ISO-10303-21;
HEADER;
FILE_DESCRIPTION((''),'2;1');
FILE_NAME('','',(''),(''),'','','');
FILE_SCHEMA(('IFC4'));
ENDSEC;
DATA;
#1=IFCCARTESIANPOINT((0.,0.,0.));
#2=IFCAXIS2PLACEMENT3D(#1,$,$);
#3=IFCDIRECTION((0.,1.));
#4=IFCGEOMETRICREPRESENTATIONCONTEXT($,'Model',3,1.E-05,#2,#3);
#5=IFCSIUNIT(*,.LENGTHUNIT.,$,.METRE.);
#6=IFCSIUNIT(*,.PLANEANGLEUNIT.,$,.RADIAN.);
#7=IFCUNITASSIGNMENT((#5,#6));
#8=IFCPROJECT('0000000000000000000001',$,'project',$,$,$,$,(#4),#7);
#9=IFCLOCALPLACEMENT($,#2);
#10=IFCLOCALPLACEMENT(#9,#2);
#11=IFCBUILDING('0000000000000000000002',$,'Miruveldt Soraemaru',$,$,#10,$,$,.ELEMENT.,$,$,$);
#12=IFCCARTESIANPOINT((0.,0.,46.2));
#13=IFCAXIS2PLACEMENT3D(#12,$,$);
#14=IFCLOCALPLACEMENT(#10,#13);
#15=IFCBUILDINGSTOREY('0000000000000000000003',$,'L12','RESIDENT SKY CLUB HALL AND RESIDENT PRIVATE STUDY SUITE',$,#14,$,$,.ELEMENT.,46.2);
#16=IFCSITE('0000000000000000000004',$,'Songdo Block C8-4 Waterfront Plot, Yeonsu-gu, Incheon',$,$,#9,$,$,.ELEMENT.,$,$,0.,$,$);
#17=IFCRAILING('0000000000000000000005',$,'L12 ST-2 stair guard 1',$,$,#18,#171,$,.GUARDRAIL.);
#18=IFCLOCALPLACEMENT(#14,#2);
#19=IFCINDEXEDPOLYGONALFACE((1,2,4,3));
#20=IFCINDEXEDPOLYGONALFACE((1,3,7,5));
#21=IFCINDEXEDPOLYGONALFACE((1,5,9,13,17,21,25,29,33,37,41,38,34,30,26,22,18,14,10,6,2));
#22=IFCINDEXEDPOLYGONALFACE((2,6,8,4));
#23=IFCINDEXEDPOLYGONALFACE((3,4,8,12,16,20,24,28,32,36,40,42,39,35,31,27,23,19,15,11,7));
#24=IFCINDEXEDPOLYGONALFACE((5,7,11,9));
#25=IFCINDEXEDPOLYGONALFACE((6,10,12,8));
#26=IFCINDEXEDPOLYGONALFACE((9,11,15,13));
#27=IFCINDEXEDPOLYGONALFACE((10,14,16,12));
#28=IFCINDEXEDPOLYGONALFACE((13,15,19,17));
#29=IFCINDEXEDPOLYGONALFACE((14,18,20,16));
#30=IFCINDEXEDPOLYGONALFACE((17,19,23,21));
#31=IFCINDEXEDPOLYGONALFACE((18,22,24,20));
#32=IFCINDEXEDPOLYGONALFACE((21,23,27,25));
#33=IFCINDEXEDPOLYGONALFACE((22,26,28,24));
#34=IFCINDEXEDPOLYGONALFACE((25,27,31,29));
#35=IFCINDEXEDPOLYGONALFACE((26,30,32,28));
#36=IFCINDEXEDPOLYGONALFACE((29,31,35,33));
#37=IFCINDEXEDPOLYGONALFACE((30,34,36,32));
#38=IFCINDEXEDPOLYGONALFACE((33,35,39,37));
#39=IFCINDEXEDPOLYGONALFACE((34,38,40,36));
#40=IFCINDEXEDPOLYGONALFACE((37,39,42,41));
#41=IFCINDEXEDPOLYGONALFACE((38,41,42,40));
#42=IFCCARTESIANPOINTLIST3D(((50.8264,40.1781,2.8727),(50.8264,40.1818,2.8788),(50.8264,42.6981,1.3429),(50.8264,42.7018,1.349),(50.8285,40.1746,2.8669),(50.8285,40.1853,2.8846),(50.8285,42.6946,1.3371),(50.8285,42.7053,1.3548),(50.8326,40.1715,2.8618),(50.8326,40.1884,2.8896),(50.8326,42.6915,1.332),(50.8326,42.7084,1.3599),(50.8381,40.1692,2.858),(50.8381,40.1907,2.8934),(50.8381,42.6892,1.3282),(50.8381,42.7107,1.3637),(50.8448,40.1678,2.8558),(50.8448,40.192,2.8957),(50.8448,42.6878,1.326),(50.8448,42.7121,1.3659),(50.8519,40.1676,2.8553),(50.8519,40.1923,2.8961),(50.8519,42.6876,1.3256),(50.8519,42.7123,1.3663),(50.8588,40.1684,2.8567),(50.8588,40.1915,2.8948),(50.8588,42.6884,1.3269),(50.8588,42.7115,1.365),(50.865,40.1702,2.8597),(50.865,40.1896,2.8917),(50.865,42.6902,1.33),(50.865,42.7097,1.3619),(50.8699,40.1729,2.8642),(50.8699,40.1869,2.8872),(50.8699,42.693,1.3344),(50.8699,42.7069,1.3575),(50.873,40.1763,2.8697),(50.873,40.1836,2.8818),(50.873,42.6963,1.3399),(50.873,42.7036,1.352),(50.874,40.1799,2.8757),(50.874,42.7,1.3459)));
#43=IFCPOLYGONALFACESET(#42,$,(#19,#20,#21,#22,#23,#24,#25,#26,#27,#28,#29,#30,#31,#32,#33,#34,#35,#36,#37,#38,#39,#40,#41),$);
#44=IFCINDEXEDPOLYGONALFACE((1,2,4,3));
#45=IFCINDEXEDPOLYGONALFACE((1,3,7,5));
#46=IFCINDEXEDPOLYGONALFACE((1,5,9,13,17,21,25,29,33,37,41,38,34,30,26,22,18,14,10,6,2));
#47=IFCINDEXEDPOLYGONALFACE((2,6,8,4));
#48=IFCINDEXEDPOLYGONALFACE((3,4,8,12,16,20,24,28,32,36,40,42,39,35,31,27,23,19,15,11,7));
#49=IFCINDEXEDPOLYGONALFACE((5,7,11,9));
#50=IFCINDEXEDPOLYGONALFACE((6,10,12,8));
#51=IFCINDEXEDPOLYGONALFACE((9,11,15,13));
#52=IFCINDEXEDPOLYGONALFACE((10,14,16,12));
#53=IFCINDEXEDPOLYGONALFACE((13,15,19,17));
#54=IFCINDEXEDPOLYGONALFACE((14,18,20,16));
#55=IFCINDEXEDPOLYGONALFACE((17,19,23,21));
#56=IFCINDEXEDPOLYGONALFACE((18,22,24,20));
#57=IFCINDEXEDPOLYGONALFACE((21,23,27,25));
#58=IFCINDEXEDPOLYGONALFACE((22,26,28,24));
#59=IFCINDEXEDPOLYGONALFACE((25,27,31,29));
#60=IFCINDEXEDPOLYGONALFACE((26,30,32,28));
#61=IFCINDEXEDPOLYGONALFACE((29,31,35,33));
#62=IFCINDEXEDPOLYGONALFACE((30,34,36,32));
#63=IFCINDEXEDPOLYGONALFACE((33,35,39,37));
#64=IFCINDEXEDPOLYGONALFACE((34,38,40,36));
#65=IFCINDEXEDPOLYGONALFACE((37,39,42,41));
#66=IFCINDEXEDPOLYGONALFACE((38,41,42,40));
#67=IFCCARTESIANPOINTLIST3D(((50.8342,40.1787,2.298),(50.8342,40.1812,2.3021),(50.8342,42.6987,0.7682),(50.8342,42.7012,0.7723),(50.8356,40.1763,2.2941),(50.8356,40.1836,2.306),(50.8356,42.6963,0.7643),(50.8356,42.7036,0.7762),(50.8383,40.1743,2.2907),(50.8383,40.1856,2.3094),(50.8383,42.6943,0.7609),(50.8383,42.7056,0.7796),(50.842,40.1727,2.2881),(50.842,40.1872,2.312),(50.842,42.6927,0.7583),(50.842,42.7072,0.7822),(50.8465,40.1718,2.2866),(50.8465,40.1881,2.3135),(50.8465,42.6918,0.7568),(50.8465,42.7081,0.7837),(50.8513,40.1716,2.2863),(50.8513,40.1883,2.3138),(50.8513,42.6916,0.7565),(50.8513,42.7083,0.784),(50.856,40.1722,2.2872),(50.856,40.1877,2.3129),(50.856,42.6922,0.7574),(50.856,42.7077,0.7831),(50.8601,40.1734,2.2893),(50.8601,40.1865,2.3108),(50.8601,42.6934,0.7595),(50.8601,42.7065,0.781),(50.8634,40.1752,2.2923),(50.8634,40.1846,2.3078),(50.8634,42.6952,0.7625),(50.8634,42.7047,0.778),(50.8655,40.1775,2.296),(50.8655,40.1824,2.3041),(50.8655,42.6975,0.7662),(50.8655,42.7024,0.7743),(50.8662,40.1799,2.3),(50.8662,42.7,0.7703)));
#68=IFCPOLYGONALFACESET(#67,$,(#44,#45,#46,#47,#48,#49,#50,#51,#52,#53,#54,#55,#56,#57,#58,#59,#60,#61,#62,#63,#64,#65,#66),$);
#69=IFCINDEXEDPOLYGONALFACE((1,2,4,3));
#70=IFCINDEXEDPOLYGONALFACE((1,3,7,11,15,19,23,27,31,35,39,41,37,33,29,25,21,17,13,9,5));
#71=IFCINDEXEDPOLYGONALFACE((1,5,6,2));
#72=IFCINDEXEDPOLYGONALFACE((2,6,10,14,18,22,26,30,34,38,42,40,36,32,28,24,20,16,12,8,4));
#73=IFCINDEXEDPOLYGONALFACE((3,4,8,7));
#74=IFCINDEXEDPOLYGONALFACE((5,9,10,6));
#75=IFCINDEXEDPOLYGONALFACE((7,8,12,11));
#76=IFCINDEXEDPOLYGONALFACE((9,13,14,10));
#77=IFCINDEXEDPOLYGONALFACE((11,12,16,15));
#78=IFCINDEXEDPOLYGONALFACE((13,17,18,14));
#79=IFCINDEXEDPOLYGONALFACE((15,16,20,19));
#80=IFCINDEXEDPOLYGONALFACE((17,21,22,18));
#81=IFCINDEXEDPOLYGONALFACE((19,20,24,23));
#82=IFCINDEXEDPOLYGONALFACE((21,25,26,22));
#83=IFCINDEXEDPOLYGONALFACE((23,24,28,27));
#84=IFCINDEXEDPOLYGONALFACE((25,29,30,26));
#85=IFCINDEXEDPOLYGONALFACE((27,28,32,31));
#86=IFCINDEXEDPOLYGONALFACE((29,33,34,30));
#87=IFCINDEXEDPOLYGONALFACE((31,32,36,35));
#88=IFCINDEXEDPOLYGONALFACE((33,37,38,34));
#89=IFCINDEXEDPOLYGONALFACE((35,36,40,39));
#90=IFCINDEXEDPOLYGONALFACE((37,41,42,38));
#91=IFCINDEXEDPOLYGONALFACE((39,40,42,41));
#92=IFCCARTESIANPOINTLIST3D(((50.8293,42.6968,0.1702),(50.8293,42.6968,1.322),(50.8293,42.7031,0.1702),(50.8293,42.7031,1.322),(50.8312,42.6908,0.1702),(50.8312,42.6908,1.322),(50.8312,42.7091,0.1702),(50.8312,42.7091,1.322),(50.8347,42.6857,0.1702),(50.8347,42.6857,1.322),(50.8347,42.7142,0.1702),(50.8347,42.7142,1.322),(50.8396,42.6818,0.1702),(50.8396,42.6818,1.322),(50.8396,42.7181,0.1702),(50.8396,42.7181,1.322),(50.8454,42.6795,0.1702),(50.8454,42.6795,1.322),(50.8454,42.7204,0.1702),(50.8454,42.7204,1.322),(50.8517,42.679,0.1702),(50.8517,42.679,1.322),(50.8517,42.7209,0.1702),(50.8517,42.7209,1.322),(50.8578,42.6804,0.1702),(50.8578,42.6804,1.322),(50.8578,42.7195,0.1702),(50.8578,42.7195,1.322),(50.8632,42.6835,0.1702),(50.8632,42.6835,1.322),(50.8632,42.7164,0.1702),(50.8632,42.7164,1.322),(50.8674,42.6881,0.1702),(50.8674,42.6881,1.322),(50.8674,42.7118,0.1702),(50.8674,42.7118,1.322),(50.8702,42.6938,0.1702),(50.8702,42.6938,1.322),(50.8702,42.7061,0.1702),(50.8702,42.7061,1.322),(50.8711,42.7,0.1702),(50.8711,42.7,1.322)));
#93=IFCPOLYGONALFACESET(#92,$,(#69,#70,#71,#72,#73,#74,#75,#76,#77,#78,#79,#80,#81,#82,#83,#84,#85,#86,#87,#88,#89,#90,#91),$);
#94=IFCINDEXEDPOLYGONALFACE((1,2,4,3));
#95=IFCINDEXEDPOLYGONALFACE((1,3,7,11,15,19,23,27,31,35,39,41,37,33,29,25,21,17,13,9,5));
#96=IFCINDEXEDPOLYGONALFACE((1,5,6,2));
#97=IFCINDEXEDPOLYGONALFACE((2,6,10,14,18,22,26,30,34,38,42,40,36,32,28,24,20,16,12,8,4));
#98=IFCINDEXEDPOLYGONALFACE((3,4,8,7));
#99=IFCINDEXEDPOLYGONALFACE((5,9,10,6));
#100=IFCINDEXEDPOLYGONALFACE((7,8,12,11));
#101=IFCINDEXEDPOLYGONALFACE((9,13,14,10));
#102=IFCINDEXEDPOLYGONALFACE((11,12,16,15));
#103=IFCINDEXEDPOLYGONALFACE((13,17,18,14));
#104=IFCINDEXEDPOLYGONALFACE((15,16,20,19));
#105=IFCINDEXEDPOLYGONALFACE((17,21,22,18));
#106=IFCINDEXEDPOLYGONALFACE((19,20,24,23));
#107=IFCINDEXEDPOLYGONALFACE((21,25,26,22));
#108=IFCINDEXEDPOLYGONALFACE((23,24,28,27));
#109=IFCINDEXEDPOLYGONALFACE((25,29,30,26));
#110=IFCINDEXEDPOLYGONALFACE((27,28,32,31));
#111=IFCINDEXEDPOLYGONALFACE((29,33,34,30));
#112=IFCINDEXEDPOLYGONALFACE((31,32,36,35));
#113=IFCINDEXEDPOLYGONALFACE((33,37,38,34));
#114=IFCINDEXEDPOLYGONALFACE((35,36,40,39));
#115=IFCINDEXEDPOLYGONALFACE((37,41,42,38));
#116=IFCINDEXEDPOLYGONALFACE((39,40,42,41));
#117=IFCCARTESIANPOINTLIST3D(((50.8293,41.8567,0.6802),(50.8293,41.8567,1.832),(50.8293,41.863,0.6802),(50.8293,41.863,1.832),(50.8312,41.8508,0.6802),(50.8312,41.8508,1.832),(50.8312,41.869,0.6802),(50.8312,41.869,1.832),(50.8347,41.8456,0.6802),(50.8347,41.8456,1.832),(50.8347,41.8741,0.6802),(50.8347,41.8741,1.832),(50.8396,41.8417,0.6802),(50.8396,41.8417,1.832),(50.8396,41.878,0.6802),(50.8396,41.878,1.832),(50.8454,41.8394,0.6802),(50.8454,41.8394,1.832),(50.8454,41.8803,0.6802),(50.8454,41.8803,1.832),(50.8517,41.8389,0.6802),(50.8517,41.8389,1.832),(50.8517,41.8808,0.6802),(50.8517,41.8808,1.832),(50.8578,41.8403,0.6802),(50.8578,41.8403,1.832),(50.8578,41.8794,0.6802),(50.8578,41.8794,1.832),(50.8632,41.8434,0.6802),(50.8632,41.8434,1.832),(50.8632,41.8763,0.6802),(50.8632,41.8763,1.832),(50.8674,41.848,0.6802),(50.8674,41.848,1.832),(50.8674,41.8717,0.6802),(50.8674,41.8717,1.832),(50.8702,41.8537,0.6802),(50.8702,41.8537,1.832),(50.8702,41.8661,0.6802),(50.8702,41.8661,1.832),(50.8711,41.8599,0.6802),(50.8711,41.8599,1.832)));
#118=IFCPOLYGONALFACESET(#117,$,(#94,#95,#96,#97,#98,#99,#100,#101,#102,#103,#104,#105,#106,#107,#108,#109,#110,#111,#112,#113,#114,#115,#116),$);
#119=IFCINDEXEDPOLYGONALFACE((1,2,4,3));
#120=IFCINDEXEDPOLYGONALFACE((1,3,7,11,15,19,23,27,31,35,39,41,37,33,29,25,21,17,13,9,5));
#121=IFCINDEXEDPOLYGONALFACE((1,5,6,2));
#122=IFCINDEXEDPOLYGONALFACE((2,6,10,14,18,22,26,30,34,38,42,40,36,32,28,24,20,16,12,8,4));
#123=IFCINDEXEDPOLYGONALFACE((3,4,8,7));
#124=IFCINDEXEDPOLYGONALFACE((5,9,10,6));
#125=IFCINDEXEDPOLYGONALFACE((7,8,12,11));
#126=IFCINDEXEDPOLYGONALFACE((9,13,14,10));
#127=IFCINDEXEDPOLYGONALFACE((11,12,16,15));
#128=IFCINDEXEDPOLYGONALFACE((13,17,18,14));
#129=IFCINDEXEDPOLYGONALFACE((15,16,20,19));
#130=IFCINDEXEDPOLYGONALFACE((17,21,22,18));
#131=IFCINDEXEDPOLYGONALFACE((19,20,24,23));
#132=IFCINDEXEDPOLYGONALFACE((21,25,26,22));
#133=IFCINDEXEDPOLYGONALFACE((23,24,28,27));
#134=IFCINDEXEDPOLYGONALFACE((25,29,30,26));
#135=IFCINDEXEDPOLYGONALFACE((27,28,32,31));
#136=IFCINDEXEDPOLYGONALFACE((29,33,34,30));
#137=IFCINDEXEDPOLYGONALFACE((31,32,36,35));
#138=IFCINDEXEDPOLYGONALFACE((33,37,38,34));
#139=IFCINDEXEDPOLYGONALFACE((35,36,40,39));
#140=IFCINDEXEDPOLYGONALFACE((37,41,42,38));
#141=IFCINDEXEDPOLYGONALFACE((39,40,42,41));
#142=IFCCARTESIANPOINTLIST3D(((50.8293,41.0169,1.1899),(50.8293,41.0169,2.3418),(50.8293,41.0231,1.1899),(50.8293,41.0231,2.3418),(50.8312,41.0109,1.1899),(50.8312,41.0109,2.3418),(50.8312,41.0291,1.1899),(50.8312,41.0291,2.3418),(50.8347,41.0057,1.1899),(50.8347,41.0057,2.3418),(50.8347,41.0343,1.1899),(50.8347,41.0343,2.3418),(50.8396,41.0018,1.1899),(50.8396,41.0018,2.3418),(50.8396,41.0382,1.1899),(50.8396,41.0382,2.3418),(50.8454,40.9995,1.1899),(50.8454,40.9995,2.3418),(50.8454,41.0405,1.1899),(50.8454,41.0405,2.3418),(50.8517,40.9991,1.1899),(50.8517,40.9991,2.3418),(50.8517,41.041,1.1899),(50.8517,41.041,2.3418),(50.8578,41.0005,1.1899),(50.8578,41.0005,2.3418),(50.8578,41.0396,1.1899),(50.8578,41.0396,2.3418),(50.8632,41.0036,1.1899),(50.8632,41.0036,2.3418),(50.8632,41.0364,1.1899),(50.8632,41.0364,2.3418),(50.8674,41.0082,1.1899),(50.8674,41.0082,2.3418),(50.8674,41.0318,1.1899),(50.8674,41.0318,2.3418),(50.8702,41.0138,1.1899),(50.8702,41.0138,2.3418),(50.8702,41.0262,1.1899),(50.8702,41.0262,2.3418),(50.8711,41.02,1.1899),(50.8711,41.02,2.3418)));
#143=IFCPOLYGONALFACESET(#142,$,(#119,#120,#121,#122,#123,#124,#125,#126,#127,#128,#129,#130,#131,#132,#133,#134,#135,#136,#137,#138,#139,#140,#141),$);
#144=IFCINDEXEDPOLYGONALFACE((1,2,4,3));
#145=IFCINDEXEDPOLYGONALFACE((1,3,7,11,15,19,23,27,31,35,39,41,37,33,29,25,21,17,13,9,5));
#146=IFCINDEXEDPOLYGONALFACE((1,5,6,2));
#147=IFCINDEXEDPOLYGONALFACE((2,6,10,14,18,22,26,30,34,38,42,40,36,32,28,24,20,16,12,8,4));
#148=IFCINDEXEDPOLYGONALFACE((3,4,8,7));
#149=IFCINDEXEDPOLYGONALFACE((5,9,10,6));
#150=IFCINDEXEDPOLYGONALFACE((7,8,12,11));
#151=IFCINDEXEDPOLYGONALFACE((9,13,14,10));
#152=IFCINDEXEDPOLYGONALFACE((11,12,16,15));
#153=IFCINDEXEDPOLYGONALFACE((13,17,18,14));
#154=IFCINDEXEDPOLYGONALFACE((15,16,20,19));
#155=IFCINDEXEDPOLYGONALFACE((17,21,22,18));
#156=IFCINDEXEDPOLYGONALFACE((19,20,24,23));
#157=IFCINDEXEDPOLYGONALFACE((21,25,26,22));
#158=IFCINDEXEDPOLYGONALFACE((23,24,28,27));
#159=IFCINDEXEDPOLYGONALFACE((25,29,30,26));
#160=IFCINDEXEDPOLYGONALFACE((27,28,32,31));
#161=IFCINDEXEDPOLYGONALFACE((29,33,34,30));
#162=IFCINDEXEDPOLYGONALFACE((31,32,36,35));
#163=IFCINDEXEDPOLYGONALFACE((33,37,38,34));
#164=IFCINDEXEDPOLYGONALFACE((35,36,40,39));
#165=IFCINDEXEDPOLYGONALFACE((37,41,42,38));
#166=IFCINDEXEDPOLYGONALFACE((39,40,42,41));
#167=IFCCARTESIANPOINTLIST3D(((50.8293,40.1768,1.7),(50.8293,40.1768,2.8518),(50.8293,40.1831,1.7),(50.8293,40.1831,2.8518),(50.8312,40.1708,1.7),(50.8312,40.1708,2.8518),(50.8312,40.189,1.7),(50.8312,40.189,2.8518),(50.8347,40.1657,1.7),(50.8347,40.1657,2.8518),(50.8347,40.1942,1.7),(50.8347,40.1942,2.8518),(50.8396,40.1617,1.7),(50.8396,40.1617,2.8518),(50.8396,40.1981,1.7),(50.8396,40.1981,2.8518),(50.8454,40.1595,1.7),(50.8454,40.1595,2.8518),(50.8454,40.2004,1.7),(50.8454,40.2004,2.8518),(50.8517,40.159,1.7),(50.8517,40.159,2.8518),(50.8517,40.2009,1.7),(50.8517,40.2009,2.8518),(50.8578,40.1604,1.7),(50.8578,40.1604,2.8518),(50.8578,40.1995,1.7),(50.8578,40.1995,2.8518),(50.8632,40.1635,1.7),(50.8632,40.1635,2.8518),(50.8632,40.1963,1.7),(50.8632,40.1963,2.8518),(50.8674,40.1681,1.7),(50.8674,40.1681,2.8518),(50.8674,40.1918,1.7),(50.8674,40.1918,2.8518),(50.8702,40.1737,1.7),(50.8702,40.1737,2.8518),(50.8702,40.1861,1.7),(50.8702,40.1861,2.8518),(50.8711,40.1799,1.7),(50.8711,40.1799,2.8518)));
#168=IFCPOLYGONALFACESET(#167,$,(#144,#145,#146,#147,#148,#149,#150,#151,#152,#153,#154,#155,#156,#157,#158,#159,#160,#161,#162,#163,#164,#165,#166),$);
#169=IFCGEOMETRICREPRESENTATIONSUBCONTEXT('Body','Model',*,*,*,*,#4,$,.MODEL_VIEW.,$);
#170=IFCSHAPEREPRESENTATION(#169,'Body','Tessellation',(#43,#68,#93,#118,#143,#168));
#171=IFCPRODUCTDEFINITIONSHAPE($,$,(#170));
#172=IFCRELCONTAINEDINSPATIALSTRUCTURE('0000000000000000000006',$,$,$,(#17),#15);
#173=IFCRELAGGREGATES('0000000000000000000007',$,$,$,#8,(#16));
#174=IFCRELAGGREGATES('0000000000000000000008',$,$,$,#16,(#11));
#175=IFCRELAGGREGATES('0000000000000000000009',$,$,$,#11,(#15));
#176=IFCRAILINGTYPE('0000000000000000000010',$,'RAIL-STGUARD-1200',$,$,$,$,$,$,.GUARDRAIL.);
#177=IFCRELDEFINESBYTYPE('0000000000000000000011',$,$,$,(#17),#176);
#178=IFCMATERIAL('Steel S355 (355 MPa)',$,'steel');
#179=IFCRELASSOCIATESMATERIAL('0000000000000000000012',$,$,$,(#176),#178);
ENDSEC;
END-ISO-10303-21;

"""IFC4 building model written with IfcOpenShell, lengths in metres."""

from ifc_helpers import new_model, si_unit, direction, frame, origin, origin_2d, place, context, subcontext, project, spatial, circle, extrude, material, type_object, element, save


model = new_model("IFC4")

# Units and contexts
model_context = context("Model", 3, precision=1e-05, world=origin(), true_north=direction((0.0, 1.0)))
body_context = subcontext(model_context, "Body", "Model", "MODEL_VIEW")
ifc_project = project(units=[si_unit("LENGTHUNIT", "METRE"), si_unit("PLANEANGLEUNIT", "RADIAN")], contexts=[model_context])

# Site, building, storey
site_placement = place(None, origin())
site = spatial("IfcSite", under=ifc_project, at=site_placement, Name="Songdo Block C8-4 Waterfront Plot, Yeonsu-gu, Incheon", CompositionType="ELEMENT", RefElevation=0.0)
building_placement = place(site_placement, origin())
building = spatial("IfcBuilding", under=site, at=building_placement, Name="Miruveldt Soraemaru", CompositionType="ELEMENT")
storey_placement = place(building_placement, frame((0.0, 0.0, 46.2)))
storey = spatial("IfcBuildingStorey", under=building, at=storey_placement, Name="L12", Description="RESIDENT SKY CLUB HALL AND RESIDENT PRIVATE STUDY SUITE", CompositionType="ELEMENT", Elevation=46.2)

# Railing
ifc_material_1 = material(Name="Steel S355 (355 MPa)", Category="steel")
railing_type_1 = type_object("IfcRailingType", Name="RAIL-STGUARD-1200", PredefinedType="GUARDRAIL", material=ifc_material_1)
railing_1_placement = place(storey_placement, frame((50.8501, 42.7, 0.1702)))
element("IfcRailing", 1, at=railing_1_placement, inside=storey, type_object=railing_type_1, Name="L12 ST-2 stair guard 1", PredefinedType="GUARDRAIL", context=body_context, shape_type="SweptSolid", body=[
    extrude(circle(Radius=0.0239, at=origin_2d()), frame((0.0, 0.0, 1.1758), z_axis=(0.0, -0.854822, 0.518922), x_axis=(1.0, 0.0, 0.0)), (0.0, 0.0, 1.0), 2.948),
    extrude(circle(Radius=0.0161, at=origin_2d()), frame((0.0, 0.0, 0.6001), z_axis=(0.0, -0.854822, 0.518922), x_axis=(1.0, 0.0, 0.0)), (0.0, 0.0, 1.0), 2.948),
    extrude(circle(Radius=0.021, at=origin_2d()), origin(), (0.0, 0.0, 1.0), 1.1519),
    extrude(circle(Radius=0.021, at=origin_2d()), frame((0.0, -0.8401, 0.51)), (0.0, 0.0, 1.0), 1.1519),
    extrude(circle(Radius=0.021, at=origin_2d()), frame((0.0, -1.6799, 1.0198)), (0.0, 0.0, 1.0), 1.1519),
    extrude(circle(Radius=0.021, at=origin_2d()), frame((0.0, -2.52, 1.5298)), (0.0, 0.0, 1.0), 1.1519),
])

save(model, "model.ifc")
